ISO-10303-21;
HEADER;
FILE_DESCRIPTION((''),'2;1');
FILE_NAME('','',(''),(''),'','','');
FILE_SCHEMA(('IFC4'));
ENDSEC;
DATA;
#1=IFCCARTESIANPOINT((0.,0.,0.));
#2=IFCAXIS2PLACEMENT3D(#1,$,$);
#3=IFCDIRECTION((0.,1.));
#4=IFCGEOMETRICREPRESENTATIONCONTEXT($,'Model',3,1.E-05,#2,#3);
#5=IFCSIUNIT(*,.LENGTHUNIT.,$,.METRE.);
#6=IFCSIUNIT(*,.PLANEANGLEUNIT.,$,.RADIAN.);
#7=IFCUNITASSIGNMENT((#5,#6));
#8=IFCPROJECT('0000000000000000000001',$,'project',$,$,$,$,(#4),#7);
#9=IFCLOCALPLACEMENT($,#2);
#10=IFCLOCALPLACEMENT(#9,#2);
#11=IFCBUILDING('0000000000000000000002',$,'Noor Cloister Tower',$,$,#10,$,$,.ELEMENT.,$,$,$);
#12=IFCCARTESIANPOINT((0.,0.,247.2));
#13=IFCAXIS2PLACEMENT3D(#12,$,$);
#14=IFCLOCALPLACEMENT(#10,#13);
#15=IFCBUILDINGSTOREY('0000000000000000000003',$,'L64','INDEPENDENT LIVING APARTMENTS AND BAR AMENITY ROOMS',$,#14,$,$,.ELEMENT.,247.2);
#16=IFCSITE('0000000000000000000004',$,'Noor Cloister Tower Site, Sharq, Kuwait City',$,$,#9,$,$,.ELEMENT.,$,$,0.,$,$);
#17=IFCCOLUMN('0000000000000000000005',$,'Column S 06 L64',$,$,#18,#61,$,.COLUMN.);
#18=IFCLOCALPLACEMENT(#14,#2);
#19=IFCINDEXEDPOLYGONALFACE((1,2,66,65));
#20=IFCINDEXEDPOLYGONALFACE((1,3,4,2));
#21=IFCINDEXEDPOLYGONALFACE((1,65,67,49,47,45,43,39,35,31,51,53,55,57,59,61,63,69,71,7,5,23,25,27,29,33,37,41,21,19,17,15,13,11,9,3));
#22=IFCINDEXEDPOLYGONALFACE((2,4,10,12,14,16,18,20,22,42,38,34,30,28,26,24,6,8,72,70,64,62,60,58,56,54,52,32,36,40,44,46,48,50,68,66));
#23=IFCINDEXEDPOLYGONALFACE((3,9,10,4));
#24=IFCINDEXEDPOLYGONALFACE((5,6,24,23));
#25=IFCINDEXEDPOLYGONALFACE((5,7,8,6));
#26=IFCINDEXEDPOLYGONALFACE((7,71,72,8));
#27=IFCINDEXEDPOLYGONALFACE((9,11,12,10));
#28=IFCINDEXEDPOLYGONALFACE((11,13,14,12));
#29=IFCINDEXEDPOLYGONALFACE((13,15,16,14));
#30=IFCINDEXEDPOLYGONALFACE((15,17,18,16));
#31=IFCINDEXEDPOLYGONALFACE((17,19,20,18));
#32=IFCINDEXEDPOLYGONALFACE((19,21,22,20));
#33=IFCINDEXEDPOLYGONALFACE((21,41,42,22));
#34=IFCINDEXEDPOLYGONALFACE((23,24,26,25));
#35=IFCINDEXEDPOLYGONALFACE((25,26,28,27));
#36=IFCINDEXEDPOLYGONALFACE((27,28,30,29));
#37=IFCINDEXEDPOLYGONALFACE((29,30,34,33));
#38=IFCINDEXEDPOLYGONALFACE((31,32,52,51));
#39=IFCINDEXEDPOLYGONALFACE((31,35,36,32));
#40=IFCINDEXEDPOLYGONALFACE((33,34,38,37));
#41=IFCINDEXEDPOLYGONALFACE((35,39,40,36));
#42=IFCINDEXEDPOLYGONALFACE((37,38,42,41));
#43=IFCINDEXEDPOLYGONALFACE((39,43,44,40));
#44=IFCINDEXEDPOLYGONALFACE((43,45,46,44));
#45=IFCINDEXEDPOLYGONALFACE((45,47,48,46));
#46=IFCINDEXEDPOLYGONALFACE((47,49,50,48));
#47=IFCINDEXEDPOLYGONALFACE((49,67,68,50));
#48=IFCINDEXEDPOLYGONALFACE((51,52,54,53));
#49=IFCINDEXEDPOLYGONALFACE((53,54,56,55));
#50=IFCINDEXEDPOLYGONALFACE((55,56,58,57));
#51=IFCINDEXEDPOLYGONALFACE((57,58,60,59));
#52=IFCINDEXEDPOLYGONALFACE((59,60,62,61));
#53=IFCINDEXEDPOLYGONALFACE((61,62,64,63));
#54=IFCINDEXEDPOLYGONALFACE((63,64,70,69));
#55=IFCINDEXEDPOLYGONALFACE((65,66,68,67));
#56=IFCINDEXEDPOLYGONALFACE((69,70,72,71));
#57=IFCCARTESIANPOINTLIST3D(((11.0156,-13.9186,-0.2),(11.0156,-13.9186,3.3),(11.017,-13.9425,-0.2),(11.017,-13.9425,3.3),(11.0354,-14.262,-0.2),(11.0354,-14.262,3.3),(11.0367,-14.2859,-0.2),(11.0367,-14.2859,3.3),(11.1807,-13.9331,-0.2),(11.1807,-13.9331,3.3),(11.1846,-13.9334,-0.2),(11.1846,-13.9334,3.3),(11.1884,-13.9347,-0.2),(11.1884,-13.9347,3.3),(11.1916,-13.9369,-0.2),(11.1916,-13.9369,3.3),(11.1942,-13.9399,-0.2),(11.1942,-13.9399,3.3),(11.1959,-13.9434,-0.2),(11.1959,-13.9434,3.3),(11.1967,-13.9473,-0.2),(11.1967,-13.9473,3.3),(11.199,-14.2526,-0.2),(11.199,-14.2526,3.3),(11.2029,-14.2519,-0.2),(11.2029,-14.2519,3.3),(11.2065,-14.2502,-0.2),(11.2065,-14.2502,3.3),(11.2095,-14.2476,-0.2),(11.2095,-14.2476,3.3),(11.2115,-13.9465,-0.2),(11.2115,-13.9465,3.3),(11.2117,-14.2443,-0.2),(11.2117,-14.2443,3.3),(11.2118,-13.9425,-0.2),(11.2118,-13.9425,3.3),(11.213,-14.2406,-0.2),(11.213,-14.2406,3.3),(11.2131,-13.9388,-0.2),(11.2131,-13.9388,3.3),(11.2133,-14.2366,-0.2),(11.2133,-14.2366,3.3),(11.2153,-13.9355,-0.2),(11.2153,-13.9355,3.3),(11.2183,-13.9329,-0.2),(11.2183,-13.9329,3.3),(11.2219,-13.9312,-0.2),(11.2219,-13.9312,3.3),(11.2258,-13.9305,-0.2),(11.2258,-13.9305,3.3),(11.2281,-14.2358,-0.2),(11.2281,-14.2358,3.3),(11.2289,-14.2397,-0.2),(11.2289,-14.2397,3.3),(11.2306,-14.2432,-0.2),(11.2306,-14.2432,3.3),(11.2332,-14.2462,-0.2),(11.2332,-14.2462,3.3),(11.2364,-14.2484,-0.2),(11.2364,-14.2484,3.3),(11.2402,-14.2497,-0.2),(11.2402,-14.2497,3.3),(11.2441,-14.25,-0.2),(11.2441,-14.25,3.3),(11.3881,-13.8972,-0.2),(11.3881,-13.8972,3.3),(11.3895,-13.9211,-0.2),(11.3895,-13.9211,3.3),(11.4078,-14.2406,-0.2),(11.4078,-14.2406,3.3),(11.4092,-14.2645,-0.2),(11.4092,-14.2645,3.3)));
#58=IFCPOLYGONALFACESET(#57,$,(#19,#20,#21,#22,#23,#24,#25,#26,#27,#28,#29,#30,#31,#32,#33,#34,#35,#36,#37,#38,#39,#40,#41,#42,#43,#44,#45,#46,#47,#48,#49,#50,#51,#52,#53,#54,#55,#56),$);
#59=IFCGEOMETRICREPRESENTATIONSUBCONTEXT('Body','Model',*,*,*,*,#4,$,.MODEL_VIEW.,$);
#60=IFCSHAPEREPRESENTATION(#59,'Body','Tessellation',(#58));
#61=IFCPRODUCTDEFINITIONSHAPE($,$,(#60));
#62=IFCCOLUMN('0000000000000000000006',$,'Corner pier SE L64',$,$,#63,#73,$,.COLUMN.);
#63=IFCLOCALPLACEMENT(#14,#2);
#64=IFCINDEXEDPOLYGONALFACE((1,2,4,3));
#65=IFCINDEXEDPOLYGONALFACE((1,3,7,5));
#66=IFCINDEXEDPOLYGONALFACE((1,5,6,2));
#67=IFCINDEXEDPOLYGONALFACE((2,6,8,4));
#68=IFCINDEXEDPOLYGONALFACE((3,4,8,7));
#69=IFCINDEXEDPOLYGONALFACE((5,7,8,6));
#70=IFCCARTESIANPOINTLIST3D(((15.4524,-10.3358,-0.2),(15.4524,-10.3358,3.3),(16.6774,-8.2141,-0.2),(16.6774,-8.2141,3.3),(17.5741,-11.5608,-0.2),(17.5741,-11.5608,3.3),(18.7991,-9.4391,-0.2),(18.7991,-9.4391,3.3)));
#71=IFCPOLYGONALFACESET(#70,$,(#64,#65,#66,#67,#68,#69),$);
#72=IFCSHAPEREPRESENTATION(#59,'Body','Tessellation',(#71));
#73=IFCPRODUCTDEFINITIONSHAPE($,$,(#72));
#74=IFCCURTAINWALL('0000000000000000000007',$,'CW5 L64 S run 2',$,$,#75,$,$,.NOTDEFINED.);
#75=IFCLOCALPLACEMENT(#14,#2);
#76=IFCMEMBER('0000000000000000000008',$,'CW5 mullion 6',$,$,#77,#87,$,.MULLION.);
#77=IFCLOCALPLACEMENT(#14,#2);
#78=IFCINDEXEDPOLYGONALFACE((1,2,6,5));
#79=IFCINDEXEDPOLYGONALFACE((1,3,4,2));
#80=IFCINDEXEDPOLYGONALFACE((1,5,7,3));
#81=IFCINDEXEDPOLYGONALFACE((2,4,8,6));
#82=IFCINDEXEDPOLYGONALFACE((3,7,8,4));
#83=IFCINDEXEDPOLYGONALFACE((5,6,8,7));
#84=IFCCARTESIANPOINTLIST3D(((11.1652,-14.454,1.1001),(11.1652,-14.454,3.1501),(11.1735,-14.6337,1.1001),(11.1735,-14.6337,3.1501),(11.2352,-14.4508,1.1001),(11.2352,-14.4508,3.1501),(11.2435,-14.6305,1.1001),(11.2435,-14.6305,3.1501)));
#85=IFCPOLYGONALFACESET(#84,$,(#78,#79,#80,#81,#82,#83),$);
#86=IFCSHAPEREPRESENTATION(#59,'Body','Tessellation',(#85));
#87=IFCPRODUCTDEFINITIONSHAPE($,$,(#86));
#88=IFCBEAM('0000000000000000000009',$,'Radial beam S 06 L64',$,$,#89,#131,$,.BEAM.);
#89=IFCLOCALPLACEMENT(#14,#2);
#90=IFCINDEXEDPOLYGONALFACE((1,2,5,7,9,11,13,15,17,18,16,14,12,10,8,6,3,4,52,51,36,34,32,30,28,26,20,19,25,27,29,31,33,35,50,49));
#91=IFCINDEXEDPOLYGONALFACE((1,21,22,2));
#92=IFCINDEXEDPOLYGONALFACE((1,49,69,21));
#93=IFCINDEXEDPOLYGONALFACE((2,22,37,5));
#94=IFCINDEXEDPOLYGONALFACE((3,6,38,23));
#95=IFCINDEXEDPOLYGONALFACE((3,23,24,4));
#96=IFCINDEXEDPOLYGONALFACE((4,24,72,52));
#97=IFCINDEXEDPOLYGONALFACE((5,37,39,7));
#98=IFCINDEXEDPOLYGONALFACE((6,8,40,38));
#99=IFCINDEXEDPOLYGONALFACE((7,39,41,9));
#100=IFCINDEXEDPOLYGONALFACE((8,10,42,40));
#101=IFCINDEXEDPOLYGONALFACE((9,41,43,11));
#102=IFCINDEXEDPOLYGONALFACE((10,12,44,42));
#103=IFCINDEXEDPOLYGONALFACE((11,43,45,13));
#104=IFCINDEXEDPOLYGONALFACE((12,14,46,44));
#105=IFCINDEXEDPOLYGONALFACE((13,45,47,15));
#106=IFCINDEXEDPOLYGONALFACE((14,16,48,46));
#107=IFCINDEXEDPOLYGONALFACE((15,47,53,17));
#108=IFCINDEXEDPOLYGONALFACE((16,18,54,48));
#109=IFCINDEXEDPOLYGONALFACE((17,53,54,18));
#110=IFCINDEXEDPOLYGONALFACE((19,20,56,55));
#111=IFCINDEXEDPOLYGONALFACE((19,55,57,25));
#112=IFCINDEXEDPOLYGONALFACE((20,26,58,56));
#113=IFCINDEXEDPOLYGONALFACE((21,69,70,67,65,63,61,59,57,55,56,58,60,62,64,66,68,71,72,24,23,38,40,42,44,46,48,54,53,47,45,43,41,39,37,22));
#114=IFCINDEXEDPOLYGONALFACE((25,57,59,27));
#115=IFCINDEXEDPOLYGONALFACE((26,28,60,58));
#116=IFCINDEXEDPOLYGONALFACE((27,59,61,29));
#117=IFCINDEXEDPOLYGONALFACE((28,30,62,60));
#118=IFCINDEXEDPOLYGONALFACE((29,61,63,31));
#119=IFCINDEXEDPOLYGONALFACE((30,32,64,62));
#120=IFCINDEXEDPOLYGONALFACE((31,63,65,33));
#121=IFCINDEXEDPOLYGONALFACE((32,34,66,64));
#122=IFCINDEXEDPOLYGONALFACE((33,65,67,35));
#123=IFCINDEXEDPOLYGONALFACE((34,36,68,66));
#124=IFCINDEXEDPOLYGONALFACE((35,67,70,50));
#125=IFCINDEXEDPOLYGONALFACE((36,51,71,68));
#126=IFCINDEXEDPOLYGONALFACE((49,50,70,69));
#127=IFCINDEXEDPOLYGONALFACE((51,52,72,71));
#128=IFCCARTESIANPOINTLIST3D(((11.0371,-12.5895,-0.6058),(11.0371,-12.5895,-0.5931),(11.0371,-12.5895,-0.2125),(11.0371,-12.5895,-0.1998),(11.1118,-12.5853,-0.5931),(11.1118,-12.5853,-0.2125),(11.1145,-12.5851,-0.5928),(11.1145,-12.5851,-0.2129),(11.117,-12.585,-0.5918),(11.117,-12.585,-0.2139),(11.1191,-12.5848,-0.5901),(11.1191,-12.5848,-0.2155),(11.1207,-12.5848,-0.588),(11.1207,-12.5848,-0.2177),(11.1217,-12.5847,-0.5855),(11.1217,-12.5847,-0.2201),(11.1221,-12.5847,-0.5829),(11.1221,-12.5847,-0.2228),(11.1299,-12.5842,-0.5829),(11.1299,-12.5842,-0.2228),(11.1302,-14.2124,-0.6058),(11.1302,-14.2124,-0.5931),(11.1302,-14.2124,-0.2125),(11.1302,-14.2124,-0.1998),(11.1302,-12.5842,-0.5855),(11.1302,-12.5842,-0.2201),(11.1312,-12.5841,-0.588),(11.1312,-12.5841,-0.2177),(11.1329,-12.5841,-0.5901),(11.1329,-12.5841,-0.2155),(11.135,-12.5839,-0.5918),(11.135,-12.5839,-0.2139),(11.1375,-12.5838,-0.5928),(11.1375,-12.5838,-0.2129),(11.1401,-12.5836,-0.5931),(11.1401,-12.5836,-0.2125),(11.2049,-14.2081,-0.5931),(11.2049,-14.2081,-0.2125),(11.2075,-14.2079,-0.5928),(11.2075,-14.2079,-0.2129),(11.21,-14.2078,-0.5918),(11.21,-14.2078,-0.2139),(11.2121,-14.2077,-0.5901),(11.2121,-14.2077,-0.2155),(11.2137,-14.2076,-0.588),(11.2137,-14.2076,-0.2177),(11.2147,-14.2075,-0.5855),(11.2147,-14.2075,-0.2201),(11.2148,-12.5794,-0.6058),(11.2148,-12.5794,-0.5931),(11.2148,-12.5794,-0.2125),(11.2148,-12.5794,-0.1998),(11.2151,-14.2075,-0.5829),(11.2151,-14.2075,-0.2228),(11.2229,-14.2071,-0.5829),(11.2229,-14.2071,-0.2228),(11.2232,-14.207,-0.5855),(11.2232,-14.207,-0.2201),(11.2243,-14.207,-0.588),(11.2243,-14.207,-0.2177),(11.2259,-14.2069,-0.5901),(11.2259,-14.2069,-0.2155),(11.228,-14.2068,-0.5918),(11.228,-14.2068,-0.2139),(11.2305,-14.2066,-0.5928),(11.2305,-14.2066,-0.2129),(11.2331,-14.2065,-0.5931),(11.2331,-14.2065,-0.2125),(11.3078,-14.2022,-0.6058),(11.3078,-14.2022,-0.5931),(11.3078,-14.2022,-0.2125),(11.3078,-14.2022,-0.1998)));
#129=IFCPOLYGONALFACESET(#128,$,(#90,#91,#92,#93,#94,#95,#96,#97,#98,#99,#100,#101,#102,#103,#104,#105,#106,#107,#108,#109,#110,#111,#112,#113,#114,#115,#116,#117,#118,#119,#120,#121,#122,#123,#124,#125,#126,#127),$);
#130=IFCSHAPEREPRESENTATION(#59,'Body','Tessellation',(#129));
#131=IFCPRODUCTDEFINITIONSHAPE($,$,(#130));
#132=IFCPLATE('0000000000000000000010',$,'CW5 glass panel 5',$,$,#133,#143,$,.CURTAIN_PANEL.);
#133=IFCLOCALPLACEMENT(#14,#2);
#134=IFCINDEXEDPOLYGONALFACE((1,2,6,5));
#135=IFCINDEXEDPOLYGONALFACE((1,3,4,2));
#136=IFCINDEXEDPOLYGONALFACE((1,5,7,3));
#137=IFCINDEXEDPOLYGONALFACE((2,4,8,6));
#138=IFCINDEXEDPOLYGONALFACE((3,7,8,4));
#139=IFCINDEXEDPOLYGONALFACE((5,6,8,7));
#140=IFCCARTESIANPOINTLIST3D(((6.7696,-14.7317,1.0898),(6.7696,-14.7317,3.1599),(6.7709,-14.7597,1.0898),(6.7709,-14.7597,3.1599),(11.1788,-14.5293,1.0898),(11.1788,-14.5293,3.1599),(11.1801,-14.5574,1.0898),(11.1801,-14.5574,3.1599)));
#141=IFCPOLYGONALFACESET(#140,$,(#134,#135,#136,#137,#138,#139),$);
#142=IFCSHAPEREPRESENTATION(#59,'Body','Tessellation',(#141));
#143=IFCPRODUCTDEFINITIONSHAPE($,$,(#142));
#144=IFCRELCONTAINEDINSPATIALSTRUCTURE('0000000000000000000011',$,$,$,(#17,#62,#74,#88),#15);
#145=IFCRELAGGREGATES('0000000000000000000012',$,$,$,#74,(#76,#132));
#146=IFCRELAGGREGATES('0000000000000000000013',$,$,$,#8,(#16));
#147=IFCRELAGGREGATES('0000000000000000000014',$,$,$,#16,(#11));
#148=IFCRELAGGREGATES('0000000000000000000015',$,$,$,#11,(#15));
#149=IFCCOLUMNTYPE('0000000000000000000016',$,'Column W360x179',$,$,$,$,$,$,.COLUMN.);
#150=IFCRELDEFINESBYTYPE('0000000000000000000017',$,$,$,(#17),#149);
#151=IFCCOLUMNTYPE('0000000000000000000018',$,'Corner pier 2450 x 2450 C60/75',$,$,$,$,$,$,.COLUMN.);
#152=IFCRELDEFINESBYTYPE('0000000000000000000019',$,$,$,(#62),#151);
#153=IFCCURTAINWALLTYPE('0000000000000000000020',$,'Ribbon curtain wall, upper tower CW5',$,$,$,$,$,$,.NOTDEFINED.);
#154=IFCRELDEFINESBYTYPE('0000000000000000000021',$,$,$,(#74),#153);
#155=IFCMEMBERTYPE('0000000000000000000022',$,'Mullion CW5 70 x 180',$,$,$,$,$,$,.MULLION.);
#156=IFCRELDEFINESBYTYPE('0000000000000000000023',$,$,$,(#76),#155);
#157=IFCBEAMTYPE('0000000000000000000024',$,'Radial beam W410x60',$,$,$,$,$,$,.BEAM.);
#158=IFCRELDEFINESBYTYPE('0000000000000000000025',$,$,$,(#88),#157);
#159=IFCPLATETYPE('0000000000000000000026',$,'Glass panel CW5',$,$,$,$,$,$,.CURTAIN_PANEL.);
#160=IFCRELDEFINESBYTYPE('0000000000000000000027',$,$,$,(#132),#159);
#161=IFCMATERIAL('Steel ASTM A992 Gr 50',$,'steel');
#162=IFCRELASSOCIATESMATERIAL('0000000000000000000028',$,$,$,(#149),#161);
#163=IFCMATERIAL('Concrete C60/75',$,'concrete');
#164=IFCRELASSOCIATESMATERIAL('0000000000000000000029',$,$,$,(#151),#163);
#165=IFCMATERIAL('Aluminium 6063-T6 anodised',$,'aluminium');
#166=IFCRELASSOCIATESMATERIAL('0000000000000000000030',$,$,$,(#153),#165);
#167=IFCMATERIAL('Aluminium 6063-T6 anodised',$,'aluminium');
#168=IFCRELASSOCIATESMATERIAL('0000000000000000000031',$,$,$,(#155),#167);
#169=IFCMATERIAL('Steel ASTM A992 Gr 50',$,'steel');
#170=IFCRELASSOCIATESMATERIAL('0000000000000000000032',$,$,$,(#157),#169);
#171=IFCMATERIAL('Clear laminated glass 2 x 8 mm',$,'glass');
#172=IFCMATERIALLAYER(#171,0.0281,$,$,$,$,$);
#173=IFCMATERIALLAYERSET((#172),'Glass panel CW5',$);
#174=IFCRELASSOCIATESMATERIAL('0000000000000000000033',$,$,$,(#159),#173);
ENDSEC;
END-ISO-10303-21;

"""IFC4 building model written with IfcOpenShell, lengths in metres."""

from ifc_helpers import new_model, si_unit, direction, frame, origin, origin_2d, place, context, subcontext, project, spatial, rectangle, i_section, extrude, material, layer, layer_set, material_profile, profile_set, type_object, element, aggregate, save


model = new_model("IFC4")

# Units and contexts
model_context = context("Model", 3, precision=1e-05, world=origin(), true_north=direction((0.0, 1.0)))
body_context = subcontext(model_context, "Body", "Model", "MODEL_VIEW")
ifc_project = project(units=[si_unit("LENGTHUNIT", "METRE"), si_unit("PLANEANGLEUNIT", "RADIAN")], contexts=[model_context])

# Site, building, storey
site_placement = place(None, origin())
site = spatial("IfcSite", under=ifc_project, at=site_placement, Name="Noor Cloister Tower Site, Sharq, Kuwait City", CompositionType="ELEMENT", RefElevation=0.0)
building_placement = place(site_placement, origin())
building = spatial("IfcBuilding", under=site, at=building_placement, Name="Noor Cloister Tower", CompositionType="ELEMENT")
storey_placement = place(building_placement, frame((0.0, 0.0, 247.2)))
storey = spatial("IfcBuildingStorey", under=building, at=storey_placement, Name="L64", Description="INDEPENDENT LIVING APARTMENTS AND BAR AMENITY ROOMS", CompositionType="ELEMENT", Elevation=247.2)

# Columns
ifc_material_1 = material(Name="Steel ASTM A992 Gr 50", Category="steel")
ifc_material_profile_1 = material_profile(ifc_material_1, i_section(OverallWidth=0.373, OverallDepth=0.3679, WebThickness=0.0149, FlangeThickness=0.0239, FilletRadius=0.0151, at=origin_2d()), Name="W360x179")
ifc_profile_set_1 = profile_set([ifc_material_profile_1], Name="Steel ASTM A992 Gr 50")
column_type_1 = type_object("IfcColumnType", Name="Column W360x179", PredefinedType="COLUMN", material=ifc_profile_set_1)
column_1_placement = place(storey_placement, frame((11.2124, -14.0916, -0.2), z_axis=(0.0, 0.0, 1.0), x_axis=(0.998358, 0.057286, 0.0)))
element("IfcColumn", 1, at=column_1_placement, inside=storey, type_object=column_type_1, Name="Column S 06 L64", PredefinedType="COLUMN", context=body_context, shape_type="SweptSolid", body=[
    extrude(i_section(OverallWidth=0.373, OverallDepth=0.3679, WebThickness=0.0149, FlangeThickness=0.0239, FilletRadius=0.0151, at=origin_2d()), origin(), (0.0, 0.0, 1.0), 3.5),
])
ifc_material_2 = material(Name="Concrete C60/75", Category="concrete")
ifc_material_profile_2 = material_profile(ifc_material_2, rectangle(XDim=2.45, YDim=2.45, at=origin_2d()), Name="RC 2450x2450")
ifc_profile_set_2 = profile_set([ifc_material_profile_2], Name="Concrete C60/75")
column_type_2 = type_object("IfcColumnType", Name="Corner pier 2450 x 2450 C60/75", PredefinedType="COLUMN", material=ifc_profile_set_2)
column_2_placement = place(storey_placement, frame((17.1257, -9.8875, -0.2), z_axis=(0.0, 0.0, 1.0), x_axis=(0.866025, -0.5, 0.0)))
element("IfcColumn", 2, at=column_2_placement, inside=storey, type_object=column_type_2, Name="Corner pier SE L64", PredefinedType="COLUMN", context=body_context, shape_type="SweptSolid", body=[
    extrude(rectangle(XDim=2.45, YDim=2.45, at=origin_2d()), origin(), (0.0, 0.0, 1.0), 3.5),
])

# Curtain wall, member
ifc_material_3 = material(Name="Aluminium 6063-T6 anodised", Category="aluminium")
curtain_wall_type = type_object("IfcCurtainWallType", Name="Ribbon curtain wall, upper tower CW5", PredefinedType="NOTDEFINED", material=ifc_material_3)
curtain_wall_placement = place(storey_placement, origin())
curtain_wall = element("IfcCurtainWall", 3, at=curtain_wall_placement, inside=storey, type_object=curtain_wall_type, Name="CW5 L64 S run 2", PredefinedType="NOTDEFINED")
ifc_material_4 = material(Name="Aluminium 6063-T6 anodised", Category="aluminium")
ifc_material_profile_3 = material_profile(ifc_material_4, rectangle(XDim=0.1799, YDim=0.0701, at=origin_2d()), Name="180 x 70 mullion")
ifc_profile_set_3 = profile_set([ifc_material_profile_3], Name="Aluminium 6063-T6 anodised")
member_type = type_object("IfcMemberType", Name="Mullion CW5 70 x 180", PredefinedType="MULLION", material=ifc_profile_set_3)
member_placement = place(storey_placement, frame((11.2043, -14.5422, 1.1001), z_axis=(0.0, 0.0, 1.0), x_axis=(-0.045838, 0.998949, 0.0)))
member = element("IfcMember", 4, at=member_placement, type_object=member_type, Name="CW5 mullion 6", PredefinedType="MULLION", context=body_context, shape_type="SweptSolid", body=[
    extrude(rectangle(XDim=0.1799, YDim=0.0701, at=origin_2d()), origin(), (0.0, 0.0, 1.0), 2.05),
])

# Beam
ifc_material_5 = material(Name="Steel ASTM A992 Gr 50", Category="steel")
ifc_material_profile_4 = material_profile(ifc_material_5, i_section(OverallWidth=0.178, OverallDepth=0.406, WebThickness=0.0078, FlangeThickness=0.0127, FilletRadius=0.0103, at=origin_2d()), Name="W410x60")
ifc_profile_set_4 = profile_set([ifc_material_profile_4], Name="Steel ASTM A992 Gr 50")
beam_type = type_object("IfcBeamType", Name="Radial beam W410x60", PredefinedType="BEAM", material=ifc_profile_set_4)
beam_placement = place(storey_placement, frame((11.219, -14.2073, -0.4028), z_axis=(-0.057225, 0.998361, 0.0), x_axis=(-0.998361, -0.057225, 0.0)))
element("IfcBeam", 5, at=beam_placement, inside=storey, type_object=beam_type, Name="Radial beam S 06 L64", PredefinedType="BEAM", context=body_context, shape_type="SweptSolid", body=[
    extrude(i_section(OverallWidth=0.178, OverallDepth=0.406, WebThickness=0.0078, FlangeThickness=0.0127, FilletRadius=0.0103, at=origin_2d()), origin(), (0.0, 0.0, 1.0), 1.6255),
])

# Plate
ifc_material_6 = material(Name="Clear laminated glass 2 x 8 mm", Category="glass")
ifc_layer_1 = layer(ifc_material_6, 0.0281)
ifc_layer_set_1 = layer_set([ifc_layer_1], Name="Glass panel CW5")
plate_type = type_object("IfcPlateType", Name="Glass panel CW5", PredefinedType="CURTAIN_PANEL", material=ifc_layer_set_1)
plate_placement = place(storey_placement, frame((8.9749, -14.6445, 1.0898), z_axis=(0.0, 0.0, 1.0), x_axis=(0.998949, 0.045838, 0.0)))
plate = element("IfcPlate", 6, at=plate_placement, type_object=plate_type, Name="CW5 glass panel 5", PredefinedType="CURTAIN_PANEL", context=body_context, shape_type="SweptSolid", body=[
    extrude(rectangle(XDim=4.4138, YDim=0.0281, at=origin_2d()), origin(), (0.0, 0.0, 1.0), 2.0701),
])
aggregate(curtain_wall, [member, plate])

save(model, "model.ifc")
